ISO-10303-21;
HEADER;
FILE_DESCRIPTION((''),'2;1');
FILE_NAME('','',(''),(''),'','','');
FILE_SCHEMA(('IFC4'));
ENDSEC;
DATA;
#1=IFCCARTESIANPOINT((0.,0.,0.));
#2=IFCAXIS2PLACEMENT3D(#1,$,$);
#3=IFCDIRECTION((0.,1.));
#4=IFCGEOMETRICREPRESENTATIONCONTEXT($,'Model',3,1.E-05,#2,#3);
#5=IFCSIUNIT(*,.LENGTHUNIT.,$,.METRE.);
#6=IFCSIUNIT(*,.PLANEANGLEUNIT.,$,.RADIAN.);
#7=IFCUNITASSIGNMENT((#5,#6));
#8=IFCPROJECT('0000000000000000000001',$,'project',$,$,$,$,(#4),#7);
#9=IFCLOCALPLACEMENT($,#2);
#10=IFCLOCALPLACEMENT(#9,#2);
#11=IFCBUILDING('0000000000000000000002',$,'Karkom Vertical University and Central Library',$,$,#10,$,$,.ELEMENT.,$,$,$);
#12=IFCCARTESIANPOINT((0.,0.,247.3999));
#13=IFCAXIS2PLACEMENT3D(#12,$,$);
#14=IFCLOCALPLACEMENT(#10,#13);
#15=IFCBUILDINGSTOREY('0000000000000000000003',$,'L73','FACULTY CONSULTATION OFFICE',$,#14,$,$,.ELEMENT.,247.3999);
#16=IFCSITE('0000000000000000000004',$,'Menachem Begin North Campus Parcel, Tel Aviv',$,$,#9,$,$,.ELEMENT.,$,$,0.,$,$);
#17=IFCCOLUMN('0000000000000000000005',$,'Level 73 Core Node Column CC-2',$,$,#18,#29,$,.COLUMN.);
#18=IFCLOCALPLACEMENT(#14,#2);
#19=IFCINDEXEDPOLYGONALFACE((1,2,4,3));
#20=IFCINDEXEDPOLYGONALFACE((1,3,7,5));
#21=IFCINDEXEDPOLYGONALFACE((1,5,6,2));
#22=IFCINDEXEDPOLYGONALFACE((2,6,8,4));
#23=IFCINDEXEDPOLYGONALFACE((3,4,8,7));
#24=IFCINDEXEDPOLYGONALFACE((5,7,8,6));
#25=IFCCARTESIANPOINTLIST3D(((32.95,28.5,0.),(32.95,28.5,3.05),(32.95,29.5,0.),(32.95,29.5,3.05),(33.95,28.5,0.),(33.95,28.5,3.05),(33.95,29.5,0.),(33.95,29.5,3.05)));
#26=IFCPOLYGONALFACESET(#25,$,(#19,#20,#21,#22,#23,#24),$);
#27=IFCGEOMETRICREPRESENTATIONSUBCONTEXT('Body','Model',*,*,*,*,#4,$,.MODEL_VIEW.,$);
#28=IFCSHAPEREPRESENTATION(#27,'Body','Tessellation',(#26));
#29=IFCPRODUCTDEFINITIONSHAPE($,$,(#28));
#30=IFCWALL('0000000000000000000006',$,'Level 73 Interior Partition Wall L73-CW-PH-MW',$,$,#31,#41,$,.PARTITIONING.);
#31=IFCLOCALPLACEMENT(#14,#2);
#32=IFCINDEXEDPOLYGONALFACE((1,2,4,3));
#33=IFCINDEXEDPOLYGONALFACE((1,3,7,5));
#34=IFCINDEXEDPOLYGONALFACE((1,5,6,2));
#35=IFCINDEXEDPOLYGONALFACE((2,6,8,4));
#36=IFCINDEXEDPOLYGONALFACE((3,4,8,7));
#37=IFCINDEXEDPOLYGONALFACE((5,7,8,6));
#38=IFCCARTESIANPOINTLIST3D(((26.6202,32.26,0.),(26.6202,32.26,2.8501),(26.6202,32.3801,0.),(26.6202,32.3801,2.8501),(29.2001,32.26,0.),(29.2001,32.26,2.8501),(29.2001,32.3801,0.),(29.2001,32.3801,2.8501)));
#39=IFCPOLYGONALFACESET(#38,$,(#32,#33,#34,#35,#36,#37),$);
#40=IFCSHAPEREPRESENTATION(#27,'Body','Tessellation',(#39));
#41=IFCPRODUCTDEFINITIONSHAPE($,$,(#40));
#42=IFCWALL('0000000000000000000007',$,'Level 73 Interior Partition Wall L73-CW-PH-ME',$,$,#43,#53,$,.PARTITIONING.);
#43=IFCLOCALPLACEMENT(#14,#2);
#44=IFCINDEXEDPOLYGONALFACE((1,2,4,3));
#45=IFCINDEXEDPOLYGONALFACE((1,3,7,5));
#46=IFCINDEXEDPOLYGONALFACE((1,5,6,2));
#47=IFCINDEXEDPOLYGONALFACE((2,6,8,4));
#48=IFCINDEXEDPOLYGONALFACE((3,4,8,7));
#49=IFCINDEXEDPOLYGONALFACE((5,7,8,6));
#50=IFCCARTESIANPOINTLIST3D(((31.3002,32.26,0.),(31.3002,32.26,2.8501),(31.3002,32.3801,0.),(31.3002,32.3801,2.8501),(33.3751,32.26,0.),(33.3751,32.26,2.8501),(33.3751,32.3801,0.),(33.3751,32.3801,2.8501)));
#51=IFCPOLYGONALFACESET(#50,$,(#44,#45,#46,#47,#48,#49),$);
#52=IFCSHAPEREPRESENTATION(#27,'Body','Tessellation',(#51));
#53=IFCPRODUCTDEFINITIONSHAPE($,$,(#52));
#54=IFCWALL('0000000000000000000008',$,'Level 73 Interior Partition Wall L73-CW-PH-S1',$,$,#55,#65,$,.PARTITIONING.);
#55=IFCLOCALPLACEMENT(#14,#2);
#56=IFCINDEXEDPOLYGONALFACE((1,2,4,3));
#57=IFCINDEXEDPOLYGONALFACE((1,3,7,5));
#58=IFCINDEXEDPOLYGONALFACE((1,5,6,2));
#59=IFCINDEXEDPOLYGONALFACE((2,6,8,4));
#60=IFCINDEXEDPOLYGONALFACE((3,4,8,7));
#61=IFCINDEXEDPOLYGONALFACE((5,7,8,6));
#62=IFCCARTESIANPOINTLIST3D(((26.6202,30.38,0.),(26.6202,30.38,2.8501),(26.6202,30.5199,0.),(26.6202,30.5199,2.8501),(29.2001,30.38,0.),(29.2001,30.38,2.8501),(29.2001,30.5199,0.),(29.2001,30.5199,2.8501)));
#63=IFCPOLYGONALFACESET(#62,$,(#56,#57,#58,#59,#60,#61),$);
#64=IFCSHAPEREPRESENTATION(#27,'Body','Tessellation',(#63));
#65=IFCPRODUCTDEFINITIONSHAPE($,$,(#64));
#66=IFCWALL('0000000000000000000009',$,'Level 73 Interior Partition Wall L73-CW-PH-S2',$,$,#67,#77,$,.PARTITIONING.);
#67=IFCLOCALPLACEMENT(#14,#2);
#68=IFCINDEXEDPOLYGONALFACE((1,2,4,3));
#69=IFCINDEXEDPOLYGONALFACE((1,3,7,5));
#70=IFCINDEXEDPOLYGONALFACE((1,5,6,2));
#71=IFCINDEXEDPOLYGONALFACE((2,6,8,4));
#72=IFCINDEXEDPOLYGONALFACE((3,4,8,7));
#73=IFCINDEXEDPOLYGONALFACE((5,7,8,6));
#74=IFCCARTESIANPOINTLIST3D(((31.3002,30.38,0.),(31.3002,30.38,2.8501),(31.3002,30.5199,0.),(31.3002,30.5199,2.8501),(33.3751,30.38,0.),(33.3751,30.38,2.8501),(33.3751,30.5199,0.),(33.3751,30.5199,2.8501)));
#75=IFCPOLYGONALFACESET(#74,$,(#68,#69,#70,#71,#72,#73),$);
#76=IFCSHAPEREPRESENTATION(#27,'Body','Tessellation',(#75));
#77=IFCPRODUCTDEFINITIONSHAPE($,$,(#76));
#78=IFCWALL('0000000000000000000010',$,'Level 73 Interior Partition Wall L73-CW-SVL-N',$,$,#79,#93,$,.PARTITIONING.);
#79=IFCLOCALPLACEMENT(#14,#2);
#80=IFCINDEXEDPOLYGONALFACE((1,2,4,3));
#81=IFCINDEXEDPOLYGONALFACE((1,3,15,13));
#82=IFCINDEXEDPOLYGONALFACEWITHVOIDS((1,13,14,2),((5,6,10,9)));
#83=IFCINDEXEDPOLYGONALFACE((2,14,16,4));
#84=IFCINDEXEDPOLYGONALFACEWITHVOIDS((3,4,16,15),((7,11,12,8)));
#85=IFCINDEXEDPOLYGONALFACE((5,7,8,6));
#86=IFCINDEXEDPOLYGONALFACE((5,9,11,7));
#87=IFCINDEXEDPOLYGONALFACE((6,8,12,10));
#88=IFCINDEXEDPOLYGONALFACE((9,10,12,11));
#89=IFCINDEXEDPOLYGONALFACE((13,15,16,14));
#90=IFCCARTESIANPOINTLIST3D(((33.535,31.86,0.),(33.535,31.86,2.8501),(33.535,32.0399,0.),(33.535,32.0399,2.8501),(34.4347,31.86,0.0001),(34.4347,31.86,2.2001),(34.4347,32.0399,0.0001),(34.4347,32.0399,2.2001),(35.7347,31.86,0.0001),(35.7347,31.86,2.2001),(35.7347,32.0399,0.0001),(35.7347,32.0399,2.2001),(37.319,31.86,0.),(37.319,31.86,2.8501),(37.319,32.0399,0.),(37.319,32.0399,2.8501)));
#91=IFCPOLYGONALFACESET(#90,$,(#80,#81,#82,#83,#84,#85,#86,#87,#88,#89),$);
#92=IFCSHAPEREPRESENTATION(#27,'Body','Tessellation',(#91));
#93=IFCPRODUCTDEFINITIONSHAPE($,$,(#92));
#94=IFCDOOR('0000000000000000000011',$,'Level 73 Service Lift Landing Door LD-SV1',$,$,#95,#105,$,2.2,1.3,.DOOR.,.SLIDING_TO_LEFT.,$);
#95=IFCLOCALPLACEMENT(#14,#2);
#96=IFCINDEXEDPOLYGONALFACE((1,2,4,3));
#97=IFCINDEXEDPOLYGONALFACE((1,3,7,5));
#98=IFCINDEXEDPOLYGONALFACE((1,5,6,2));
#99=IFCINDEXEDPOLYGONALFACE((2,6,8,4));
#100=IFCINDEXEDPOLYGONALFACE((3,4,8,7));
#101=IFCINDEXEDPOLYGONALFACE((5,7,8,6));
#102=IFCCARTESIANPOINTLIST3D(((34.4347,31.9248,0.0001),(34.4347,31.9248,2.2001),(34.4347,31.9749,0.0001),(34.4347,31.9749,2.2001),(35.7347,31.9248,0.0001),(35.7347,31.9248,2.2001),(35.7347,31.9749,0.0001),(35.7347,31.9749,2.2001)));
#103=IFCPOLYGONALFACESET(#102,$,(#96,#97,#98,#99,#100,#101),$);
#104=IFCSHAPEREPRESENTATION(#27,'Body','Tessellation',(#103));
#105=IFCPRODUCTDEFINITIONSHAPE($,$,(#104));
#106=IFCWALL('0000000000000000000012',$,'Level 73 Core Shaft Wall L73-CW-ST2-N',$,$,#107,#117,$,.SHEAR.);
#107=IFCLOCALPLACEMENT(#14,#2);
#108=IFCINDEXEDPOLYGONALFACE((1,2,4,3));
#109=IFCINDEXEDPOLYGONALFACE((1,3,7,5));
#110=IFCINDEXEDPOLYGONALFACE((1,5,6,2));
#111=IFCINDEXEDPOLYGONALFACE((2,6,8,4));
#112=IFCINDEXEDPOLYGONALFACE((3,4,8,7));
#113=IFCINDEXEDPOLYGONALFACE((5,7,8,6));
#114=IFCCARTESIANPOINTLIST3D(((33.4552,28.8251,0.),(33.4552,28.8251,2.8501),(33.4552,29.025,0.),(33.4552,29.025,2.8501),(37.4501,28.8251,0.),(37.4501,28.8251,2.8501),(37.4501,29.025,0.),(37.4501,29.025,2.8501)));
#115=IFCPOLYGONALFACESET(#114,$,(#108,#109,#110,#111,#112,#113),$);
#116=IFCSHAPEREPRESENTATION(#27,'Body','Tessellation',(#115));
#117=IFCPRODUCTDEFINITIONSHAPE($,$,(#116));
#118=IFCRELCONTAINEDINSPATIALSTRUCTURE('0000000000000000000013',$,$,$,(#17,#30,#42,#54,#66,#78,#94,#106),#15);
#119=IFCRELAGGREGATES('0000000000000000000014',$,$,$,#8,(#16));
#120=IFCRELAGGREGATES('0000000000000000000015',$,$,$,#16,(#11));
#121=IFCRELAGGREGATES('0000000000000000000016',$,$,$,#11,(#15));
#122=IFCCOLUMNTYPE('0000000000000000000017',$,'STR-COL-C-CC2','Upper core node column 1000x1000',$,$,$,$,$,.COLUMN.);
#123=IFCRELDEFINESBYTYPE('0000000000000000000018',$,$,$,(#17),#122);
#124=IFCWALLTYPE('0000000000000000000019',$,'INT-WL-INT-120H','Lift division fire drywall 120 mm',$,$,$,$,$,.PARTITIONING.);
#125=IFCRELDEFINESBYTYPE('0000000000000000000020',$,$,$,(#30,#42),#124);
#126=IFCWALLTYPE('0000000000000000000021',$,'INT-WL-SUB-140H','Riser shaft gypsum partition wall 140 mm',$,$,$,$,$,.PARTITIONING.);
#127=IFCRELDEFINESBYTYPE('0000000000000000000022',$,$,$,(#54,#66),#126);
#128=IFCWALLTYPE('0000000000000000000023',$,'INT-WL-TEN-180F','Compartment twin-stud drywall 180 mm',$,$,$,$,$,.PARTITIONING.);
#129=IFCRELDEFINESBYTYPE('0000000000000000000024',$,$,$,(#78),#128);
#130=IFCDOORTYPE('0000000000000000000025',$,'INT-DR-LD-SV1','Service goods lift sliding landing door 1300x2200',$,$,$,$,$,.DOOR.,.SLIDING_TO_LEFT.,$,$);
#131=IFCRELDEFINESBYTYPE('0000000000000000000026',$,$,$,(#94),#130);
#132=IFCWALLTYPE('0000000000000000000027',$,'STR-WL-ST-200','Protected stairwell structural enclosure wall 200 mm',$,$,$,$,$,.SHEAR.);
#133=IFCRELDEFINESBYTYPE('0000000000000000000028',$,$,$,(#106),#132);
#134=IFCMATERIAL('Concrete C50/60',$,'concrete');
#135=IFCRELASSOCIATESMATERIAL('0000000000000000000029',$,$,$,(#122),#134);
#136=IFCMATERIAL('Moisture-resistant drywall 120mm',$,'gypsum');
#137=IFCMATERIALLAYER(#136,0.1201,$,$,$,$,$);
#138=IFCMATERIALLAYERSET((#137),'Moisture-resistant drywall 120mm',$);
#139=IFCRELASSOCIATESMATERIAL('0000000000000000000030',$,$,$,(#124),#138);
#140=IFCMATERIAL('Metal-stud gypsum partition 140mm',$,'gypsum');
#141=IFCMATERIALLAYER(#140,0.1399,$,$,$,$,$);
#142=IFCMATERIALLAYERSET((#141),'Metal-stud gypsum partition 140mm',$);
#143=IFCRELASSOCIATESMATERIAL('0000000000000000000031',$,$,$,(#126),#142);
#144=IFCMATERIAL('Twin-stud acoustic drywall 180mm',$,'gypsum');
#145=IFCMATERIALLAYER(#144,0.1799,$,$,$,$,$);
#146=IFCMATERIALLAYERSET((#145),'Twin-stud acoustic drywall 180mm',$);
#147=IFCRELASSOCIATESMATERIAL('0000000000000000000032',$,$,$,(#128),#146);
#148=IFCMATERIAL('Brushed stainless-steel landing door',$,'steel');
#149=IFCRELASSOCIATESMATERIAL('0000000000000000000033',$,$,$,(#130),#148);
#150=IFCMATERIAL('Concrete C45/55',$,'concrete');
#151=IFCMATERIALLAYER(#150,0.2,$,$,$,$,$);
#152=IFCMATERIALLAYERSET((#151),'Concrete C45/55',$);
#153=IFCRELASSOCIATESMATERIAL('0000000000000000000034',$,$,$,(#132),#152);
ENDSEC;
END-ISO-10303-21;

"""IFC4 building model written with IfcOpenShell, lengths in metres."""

from ifc_helpers import new_model, si_unit, direction, frame, frame_2d, origin, origin_with_axes, origin_2d, place, context, subcontext, project, spatial, rectangle, extrude, source, transform, mapped, material, layer, layer_set, material_profile, profile_set, type_object, element, fill, save


model = new_model("IFC4")

# Units and contexts
model_context = context("Model", 3, precision=1e-05, world=origin(), true_north=direction((0.0, 1.0)))
body_context = subcontext(model_context, "Body", "Model", "MODEL_VIEW")
ifc_project = project(units=[si_unit("LENGTHUNIT", "METRE"), si_unit("PLANEANGLEUNIT", "RADIAN")], contexts=[model_context])

# Site, building, storey
site_placement = place(None, origin())
site = spatial("IfcSite", under=ifc_project, at=site_placement, Name="Menachem Begin North Campus Parcel, Tel Aviv", CompositionType="ELEMENT", RefElevation=0.0)
building_placement = place(site_placement, origin())
building = spatial("IfcBuilding", under=site, at=building_placement, Name="Karkom Vertical University and Central Library", CompositionType="ELEMENT")
storey_placement = place(building_placement, frame((0.0, 0.0, 247.3999)))
storey = spatial("IfcBuildingStorey", under=building, at=storey_placement, Name="L73", Description="FACULTY CONSULTATION OFFICE", CompositionType="ELEMENT", Elevation=247.3999)

# Column
ifc_material_1 = material(Name="Concrete C50/60", Category="concrete")
ifc_material_profile = material_profile(ifc_material_1, rectangle(XDim=1.0, YDim=1.0, at=origin_2d()), Name="RC-1000x1000")
ifc_profile_set = profile_set([ifc_material_profile], Name="Concrete C50/60")
column_type = type_object("IfcColumnType", Name="STR-COL-C-CC2", Description="Upper core node column 1000x1000", PredefinedType="COLUMN", material=ifc_profile_set)
shared_shape_1 = source(origin_with_axes(), body_context, "Body", "SweptSolid", [
    extrude(rectangle(XDim=1.0, YDim=1.0, at=origin_2d()), origin(), (0.0, 0.0, 1.0), 3.05),
])
column_placement = place(storey_placement, frame((33.45, 29.0, 0.0), z_axis=(0.0, 0.0, 1.0), x_axis=(1.0, 0.0, 0.0)))
element("IfcColumn", 1, at=column_placement, inside=storey, type_object=column_type, Name="Level 73 Core Node Column CC-2", PredefinedType="COLUMN", context=body_context, shape_type="MappedRepresentation", body=[
    mapped(shared_shape_1, transform((0.0, 0.0, 0.0), scale=1.0)),
])

# Walls
ifc_material_2 = material(Name="Moisture-resistant drywall 120mm", Category="gypsum")
ifc_layer_1 = layer(ifc_material_2, 0.1201)
ifc_layer_set_1 = layer_set([ifc_layer_1], Name="Moisture-resistant drywall 120mm")
wall_type_1 = type_object("IfcWallType", Name="INT-WL-INT-120H", Description="Lift division fire drywall 120 mm", PredefinedType="PARTITIONING", material=ifc_layer_set_1)
wall_1_placement = place(storey_placement, frame((26.6201, 32.3201, 0.0), z_axis=(0.0, 0.0, 1.0), x_axis=(1.0, 0.0, 0.0)))
element("IfcWall", 2, at=wall_1_placement, inside=storey, type_object=wall_type_1, Name="Level 73 Interior Partition Wall L73-CW-PH-MW", PredefinedType="PARTITIONING", context=body_context, shape_type="SweptSolid", body=[
    extrude(rectangle(XDim=2.5798, YDim=0.1201, at=frame_2d((1.29, 0.0))), origin(), (0.0, 0.0, 1.0), 2.8501),
])
wall_2_placement = place(storey_placement, frame((31.3, 32.3201, 0.0), z_axis=(0.0, 0.0, 1.0), x_axis=(1.0, 0.0, 0.0)))
element("IfcWall", 3, at=wall_2_placement, inside=storey, type_object=wall_type_1, Name="Level 73 Interior Partition Wall L73-CW-PH-ME", PredefinedType="PARTITIONING", context=body_context, shape_type="SweptSolid", body=[
    extrude(rectangle(XDim=2.075, YDim=0.1201, at=frame_2d((1.0376, 0.0))), origin(), (0.0, 0.0, 1.0), 2.8501),
])

# Shared definitions
ifc_material_3 = material(Name="Metal-stud gypsum partition 140mm", Category="gypsum")
ifc_layer_2 = layer(ifc_material_3, 0.1399)
ifc_layer_set_2 = layer_set([ifc_layer_2], Name="Metal-stud gypsum partition 140mm")
wall_type_2 = type_object("IfcWallType", Name="INT-WL-SUB-140H", Description="Riser shaft gypsum partition wall 140 mm", PredefinedType="PARTITIONING", material=ifc_layer_set_2)
ifc_material_4 = material(Name="Brushed stainless-steel landing door", Category="steel")

# Walls
wall_3_placement = place(storey_placement, frame((26.6201, 30.45, 0.0), z_axis=(0.0, 0.0, 1.0), x_axis=(1.0, 0.0, 0.0)))
element("IfcWall", 4, at=wall_3_placement, inside=storey, type_object=wall_type_2, Name="Level 73 Interior Partition Wall L73-CW-PH-S1", PredefinedType="PARTITIONING", context=body_context, shape_type="SweptSolid", body=[
    extrude(rectangle(XDim=2.5798, YDim=0.1399, at=frame_2d((1.29, 0.0))), origin(), (0.0, 0.0, 1.0), 2.8501),
])
wall_4_placement = place(storey_placement, frame((31.3, 30.45, 0.0), z_axis=(0.0, 0.0, 1.0), x_axis=(1.0, 0.0, 0.0)))
element("IfcWall", 5, at=wall_4_placement, inside=storey, type_object=wall_type_2, Name="Level 73 Interior Partition Wall L73-CW-PH-S2", PredefinedType="PARTITIONING", context=body_context, shape_type="SweptSolid", body=[
    extrude(rectangle(XDim=2.075, YDim=0.1399, at=frame_2d((1.0376, 0.0))), origin(), (0.0, 0.0, 1.0), 2.8501),
])

# Wall, opening, door
ifc_material_5 = material(Name="Twin-stud acoustic drywall 180mm", Category="gypsum")
ifc_layer_3 = layer(ifc_material_5, 0.1799)
ifc_layer_set_3 = layer_set([ifc_layer_3], Name="Twin-stud acoustic drywall 180mm")
wall_type_3 = type_object("IfcWallType", Name="INT-WL-TEN-180F", Description="Compartment twin-stud drywall 180 mm", PredefinedType="PARTITIONING", material=ifc_layer_set_3)
wall_5_placement = place(storey_placement, frame((33.5349, 31.95, 0.0), z_axis=(0.0, 0.0, 1.0), x_axis=(1.0, 0.0, 0.0)))
wall_5 = element("IfcWall", 6, at=wall_5_placement, inside=storey, type_object=wall_type_3, Name="Level 73 Interior Partition Wall L73-CW-SVL-N", PredefinedType="PARTITIONING", context=body_context, shape_type="SweptSolid", body=[
    extrude(rectangle(XDim=3.7839, YDim=0.1799, at=frame_2d((1.8921, 0.0))), origin(), (0.0, 0.0, 1.0), 2.8501),
])
opening_1_placement = place(wall_5_placement, frame((0.8999, 0.0, 0.0)))
opening_1 = element("IfcOpeningElement", 7, at=opening_1_placement, cuts=wall_5, PredefinedType="OPENING", context=body_context, shape_type="SweptSolid", body=[
    extrude(rectangle(XDim=1.3, YDim=2.2, at=frame_2d((0.6499, 1.1001))), frame((0.0, 0.1001, 0.0), z_axis=(0.0, -1.0, 0.0), x_axis=(1.0, 0.0, 0.0)), (0.0, 0.0, 1.0), 0.2),
])
door_type_1 = type_object("IfcDoorType", Name="INT-DR-LD-SV1", Description="Service goods lift sliding landing door 1300x2200", OperationType="SLIDING_TO_LEFT", PredefinedType="DOOR", material=ifc_material_4)
shared_shape_2 = source(origin_with_axes(), body_context, "Body", "SweptSolid", [
    extrude(rectangle(XDim=1.3, YDim=2.2, at=frame_2d((0.6499, 1.1001))), frame((0.0, 0.0249, 0.0), z_axis=(0.0, -1.0, 0.0), x_axis=(1.0, 0.0, 0.0)), (0.0, 0.0, 1.0), 0.05),
])
door_1_placement = place(opening_1_placement, origin())
door_1 = element("IfcDoor", 8, at=door_1_placement, inside=storey, type_object=door_type_1, Name="Level 73 Service Lift Landing Door LD-SV1", OperationType="SLIDING_TO_LEFT", OverallHeight=2.2, OverallWidth=1.3, PredefinedType="DOOR", context=body_context, shape_type="MappedRepresentation", body=[
    mapped(shared_shape_2, transform((0.0, 0.0, 0.0), scale=1.0)),
])
fill(opening_1, door_1)

# Wall
ifc_material_6 = material(Name="Concrete C45/55", Category="concrete")
ifc_layer_4 = layer(ifc_material_6, 0.2)
ifc_layer_set_4 = layer_set([ifc_layer_4], Name="Concrete C45/55")
wall_type_4 = type_object("IfcWallType", Name="STR-WL-ST-200", Description="Protected stairwell structural enclosure wall 200 mm", PredefinedType="SHEAR", material=ifc_layer_set_4)
wall_6_placement = place(storey_placement, frame((33.4551, 28.925, 0.0), z_axis=(0.0, 0.0, 1.0), x_axis=(1.0, 0.0, 0.0)))
element("IfcWall", 9, at=wall_6_placement, inside=storey, type_object=wall_type_4, Name="Level 73 Core Shaft Wall L73-CW-ST2-N", PredefinedType="SHEAR", context=body_context, shape_type="SweptSolid", body=[
    extrude(rectangle(XDim=3.9949, YDim=0.2, at=frame_2d((1.9976, 0.0))), origin(), (0.0, 0.0, 1.0), 2.8501),
])

save(model, "model.ifc")
